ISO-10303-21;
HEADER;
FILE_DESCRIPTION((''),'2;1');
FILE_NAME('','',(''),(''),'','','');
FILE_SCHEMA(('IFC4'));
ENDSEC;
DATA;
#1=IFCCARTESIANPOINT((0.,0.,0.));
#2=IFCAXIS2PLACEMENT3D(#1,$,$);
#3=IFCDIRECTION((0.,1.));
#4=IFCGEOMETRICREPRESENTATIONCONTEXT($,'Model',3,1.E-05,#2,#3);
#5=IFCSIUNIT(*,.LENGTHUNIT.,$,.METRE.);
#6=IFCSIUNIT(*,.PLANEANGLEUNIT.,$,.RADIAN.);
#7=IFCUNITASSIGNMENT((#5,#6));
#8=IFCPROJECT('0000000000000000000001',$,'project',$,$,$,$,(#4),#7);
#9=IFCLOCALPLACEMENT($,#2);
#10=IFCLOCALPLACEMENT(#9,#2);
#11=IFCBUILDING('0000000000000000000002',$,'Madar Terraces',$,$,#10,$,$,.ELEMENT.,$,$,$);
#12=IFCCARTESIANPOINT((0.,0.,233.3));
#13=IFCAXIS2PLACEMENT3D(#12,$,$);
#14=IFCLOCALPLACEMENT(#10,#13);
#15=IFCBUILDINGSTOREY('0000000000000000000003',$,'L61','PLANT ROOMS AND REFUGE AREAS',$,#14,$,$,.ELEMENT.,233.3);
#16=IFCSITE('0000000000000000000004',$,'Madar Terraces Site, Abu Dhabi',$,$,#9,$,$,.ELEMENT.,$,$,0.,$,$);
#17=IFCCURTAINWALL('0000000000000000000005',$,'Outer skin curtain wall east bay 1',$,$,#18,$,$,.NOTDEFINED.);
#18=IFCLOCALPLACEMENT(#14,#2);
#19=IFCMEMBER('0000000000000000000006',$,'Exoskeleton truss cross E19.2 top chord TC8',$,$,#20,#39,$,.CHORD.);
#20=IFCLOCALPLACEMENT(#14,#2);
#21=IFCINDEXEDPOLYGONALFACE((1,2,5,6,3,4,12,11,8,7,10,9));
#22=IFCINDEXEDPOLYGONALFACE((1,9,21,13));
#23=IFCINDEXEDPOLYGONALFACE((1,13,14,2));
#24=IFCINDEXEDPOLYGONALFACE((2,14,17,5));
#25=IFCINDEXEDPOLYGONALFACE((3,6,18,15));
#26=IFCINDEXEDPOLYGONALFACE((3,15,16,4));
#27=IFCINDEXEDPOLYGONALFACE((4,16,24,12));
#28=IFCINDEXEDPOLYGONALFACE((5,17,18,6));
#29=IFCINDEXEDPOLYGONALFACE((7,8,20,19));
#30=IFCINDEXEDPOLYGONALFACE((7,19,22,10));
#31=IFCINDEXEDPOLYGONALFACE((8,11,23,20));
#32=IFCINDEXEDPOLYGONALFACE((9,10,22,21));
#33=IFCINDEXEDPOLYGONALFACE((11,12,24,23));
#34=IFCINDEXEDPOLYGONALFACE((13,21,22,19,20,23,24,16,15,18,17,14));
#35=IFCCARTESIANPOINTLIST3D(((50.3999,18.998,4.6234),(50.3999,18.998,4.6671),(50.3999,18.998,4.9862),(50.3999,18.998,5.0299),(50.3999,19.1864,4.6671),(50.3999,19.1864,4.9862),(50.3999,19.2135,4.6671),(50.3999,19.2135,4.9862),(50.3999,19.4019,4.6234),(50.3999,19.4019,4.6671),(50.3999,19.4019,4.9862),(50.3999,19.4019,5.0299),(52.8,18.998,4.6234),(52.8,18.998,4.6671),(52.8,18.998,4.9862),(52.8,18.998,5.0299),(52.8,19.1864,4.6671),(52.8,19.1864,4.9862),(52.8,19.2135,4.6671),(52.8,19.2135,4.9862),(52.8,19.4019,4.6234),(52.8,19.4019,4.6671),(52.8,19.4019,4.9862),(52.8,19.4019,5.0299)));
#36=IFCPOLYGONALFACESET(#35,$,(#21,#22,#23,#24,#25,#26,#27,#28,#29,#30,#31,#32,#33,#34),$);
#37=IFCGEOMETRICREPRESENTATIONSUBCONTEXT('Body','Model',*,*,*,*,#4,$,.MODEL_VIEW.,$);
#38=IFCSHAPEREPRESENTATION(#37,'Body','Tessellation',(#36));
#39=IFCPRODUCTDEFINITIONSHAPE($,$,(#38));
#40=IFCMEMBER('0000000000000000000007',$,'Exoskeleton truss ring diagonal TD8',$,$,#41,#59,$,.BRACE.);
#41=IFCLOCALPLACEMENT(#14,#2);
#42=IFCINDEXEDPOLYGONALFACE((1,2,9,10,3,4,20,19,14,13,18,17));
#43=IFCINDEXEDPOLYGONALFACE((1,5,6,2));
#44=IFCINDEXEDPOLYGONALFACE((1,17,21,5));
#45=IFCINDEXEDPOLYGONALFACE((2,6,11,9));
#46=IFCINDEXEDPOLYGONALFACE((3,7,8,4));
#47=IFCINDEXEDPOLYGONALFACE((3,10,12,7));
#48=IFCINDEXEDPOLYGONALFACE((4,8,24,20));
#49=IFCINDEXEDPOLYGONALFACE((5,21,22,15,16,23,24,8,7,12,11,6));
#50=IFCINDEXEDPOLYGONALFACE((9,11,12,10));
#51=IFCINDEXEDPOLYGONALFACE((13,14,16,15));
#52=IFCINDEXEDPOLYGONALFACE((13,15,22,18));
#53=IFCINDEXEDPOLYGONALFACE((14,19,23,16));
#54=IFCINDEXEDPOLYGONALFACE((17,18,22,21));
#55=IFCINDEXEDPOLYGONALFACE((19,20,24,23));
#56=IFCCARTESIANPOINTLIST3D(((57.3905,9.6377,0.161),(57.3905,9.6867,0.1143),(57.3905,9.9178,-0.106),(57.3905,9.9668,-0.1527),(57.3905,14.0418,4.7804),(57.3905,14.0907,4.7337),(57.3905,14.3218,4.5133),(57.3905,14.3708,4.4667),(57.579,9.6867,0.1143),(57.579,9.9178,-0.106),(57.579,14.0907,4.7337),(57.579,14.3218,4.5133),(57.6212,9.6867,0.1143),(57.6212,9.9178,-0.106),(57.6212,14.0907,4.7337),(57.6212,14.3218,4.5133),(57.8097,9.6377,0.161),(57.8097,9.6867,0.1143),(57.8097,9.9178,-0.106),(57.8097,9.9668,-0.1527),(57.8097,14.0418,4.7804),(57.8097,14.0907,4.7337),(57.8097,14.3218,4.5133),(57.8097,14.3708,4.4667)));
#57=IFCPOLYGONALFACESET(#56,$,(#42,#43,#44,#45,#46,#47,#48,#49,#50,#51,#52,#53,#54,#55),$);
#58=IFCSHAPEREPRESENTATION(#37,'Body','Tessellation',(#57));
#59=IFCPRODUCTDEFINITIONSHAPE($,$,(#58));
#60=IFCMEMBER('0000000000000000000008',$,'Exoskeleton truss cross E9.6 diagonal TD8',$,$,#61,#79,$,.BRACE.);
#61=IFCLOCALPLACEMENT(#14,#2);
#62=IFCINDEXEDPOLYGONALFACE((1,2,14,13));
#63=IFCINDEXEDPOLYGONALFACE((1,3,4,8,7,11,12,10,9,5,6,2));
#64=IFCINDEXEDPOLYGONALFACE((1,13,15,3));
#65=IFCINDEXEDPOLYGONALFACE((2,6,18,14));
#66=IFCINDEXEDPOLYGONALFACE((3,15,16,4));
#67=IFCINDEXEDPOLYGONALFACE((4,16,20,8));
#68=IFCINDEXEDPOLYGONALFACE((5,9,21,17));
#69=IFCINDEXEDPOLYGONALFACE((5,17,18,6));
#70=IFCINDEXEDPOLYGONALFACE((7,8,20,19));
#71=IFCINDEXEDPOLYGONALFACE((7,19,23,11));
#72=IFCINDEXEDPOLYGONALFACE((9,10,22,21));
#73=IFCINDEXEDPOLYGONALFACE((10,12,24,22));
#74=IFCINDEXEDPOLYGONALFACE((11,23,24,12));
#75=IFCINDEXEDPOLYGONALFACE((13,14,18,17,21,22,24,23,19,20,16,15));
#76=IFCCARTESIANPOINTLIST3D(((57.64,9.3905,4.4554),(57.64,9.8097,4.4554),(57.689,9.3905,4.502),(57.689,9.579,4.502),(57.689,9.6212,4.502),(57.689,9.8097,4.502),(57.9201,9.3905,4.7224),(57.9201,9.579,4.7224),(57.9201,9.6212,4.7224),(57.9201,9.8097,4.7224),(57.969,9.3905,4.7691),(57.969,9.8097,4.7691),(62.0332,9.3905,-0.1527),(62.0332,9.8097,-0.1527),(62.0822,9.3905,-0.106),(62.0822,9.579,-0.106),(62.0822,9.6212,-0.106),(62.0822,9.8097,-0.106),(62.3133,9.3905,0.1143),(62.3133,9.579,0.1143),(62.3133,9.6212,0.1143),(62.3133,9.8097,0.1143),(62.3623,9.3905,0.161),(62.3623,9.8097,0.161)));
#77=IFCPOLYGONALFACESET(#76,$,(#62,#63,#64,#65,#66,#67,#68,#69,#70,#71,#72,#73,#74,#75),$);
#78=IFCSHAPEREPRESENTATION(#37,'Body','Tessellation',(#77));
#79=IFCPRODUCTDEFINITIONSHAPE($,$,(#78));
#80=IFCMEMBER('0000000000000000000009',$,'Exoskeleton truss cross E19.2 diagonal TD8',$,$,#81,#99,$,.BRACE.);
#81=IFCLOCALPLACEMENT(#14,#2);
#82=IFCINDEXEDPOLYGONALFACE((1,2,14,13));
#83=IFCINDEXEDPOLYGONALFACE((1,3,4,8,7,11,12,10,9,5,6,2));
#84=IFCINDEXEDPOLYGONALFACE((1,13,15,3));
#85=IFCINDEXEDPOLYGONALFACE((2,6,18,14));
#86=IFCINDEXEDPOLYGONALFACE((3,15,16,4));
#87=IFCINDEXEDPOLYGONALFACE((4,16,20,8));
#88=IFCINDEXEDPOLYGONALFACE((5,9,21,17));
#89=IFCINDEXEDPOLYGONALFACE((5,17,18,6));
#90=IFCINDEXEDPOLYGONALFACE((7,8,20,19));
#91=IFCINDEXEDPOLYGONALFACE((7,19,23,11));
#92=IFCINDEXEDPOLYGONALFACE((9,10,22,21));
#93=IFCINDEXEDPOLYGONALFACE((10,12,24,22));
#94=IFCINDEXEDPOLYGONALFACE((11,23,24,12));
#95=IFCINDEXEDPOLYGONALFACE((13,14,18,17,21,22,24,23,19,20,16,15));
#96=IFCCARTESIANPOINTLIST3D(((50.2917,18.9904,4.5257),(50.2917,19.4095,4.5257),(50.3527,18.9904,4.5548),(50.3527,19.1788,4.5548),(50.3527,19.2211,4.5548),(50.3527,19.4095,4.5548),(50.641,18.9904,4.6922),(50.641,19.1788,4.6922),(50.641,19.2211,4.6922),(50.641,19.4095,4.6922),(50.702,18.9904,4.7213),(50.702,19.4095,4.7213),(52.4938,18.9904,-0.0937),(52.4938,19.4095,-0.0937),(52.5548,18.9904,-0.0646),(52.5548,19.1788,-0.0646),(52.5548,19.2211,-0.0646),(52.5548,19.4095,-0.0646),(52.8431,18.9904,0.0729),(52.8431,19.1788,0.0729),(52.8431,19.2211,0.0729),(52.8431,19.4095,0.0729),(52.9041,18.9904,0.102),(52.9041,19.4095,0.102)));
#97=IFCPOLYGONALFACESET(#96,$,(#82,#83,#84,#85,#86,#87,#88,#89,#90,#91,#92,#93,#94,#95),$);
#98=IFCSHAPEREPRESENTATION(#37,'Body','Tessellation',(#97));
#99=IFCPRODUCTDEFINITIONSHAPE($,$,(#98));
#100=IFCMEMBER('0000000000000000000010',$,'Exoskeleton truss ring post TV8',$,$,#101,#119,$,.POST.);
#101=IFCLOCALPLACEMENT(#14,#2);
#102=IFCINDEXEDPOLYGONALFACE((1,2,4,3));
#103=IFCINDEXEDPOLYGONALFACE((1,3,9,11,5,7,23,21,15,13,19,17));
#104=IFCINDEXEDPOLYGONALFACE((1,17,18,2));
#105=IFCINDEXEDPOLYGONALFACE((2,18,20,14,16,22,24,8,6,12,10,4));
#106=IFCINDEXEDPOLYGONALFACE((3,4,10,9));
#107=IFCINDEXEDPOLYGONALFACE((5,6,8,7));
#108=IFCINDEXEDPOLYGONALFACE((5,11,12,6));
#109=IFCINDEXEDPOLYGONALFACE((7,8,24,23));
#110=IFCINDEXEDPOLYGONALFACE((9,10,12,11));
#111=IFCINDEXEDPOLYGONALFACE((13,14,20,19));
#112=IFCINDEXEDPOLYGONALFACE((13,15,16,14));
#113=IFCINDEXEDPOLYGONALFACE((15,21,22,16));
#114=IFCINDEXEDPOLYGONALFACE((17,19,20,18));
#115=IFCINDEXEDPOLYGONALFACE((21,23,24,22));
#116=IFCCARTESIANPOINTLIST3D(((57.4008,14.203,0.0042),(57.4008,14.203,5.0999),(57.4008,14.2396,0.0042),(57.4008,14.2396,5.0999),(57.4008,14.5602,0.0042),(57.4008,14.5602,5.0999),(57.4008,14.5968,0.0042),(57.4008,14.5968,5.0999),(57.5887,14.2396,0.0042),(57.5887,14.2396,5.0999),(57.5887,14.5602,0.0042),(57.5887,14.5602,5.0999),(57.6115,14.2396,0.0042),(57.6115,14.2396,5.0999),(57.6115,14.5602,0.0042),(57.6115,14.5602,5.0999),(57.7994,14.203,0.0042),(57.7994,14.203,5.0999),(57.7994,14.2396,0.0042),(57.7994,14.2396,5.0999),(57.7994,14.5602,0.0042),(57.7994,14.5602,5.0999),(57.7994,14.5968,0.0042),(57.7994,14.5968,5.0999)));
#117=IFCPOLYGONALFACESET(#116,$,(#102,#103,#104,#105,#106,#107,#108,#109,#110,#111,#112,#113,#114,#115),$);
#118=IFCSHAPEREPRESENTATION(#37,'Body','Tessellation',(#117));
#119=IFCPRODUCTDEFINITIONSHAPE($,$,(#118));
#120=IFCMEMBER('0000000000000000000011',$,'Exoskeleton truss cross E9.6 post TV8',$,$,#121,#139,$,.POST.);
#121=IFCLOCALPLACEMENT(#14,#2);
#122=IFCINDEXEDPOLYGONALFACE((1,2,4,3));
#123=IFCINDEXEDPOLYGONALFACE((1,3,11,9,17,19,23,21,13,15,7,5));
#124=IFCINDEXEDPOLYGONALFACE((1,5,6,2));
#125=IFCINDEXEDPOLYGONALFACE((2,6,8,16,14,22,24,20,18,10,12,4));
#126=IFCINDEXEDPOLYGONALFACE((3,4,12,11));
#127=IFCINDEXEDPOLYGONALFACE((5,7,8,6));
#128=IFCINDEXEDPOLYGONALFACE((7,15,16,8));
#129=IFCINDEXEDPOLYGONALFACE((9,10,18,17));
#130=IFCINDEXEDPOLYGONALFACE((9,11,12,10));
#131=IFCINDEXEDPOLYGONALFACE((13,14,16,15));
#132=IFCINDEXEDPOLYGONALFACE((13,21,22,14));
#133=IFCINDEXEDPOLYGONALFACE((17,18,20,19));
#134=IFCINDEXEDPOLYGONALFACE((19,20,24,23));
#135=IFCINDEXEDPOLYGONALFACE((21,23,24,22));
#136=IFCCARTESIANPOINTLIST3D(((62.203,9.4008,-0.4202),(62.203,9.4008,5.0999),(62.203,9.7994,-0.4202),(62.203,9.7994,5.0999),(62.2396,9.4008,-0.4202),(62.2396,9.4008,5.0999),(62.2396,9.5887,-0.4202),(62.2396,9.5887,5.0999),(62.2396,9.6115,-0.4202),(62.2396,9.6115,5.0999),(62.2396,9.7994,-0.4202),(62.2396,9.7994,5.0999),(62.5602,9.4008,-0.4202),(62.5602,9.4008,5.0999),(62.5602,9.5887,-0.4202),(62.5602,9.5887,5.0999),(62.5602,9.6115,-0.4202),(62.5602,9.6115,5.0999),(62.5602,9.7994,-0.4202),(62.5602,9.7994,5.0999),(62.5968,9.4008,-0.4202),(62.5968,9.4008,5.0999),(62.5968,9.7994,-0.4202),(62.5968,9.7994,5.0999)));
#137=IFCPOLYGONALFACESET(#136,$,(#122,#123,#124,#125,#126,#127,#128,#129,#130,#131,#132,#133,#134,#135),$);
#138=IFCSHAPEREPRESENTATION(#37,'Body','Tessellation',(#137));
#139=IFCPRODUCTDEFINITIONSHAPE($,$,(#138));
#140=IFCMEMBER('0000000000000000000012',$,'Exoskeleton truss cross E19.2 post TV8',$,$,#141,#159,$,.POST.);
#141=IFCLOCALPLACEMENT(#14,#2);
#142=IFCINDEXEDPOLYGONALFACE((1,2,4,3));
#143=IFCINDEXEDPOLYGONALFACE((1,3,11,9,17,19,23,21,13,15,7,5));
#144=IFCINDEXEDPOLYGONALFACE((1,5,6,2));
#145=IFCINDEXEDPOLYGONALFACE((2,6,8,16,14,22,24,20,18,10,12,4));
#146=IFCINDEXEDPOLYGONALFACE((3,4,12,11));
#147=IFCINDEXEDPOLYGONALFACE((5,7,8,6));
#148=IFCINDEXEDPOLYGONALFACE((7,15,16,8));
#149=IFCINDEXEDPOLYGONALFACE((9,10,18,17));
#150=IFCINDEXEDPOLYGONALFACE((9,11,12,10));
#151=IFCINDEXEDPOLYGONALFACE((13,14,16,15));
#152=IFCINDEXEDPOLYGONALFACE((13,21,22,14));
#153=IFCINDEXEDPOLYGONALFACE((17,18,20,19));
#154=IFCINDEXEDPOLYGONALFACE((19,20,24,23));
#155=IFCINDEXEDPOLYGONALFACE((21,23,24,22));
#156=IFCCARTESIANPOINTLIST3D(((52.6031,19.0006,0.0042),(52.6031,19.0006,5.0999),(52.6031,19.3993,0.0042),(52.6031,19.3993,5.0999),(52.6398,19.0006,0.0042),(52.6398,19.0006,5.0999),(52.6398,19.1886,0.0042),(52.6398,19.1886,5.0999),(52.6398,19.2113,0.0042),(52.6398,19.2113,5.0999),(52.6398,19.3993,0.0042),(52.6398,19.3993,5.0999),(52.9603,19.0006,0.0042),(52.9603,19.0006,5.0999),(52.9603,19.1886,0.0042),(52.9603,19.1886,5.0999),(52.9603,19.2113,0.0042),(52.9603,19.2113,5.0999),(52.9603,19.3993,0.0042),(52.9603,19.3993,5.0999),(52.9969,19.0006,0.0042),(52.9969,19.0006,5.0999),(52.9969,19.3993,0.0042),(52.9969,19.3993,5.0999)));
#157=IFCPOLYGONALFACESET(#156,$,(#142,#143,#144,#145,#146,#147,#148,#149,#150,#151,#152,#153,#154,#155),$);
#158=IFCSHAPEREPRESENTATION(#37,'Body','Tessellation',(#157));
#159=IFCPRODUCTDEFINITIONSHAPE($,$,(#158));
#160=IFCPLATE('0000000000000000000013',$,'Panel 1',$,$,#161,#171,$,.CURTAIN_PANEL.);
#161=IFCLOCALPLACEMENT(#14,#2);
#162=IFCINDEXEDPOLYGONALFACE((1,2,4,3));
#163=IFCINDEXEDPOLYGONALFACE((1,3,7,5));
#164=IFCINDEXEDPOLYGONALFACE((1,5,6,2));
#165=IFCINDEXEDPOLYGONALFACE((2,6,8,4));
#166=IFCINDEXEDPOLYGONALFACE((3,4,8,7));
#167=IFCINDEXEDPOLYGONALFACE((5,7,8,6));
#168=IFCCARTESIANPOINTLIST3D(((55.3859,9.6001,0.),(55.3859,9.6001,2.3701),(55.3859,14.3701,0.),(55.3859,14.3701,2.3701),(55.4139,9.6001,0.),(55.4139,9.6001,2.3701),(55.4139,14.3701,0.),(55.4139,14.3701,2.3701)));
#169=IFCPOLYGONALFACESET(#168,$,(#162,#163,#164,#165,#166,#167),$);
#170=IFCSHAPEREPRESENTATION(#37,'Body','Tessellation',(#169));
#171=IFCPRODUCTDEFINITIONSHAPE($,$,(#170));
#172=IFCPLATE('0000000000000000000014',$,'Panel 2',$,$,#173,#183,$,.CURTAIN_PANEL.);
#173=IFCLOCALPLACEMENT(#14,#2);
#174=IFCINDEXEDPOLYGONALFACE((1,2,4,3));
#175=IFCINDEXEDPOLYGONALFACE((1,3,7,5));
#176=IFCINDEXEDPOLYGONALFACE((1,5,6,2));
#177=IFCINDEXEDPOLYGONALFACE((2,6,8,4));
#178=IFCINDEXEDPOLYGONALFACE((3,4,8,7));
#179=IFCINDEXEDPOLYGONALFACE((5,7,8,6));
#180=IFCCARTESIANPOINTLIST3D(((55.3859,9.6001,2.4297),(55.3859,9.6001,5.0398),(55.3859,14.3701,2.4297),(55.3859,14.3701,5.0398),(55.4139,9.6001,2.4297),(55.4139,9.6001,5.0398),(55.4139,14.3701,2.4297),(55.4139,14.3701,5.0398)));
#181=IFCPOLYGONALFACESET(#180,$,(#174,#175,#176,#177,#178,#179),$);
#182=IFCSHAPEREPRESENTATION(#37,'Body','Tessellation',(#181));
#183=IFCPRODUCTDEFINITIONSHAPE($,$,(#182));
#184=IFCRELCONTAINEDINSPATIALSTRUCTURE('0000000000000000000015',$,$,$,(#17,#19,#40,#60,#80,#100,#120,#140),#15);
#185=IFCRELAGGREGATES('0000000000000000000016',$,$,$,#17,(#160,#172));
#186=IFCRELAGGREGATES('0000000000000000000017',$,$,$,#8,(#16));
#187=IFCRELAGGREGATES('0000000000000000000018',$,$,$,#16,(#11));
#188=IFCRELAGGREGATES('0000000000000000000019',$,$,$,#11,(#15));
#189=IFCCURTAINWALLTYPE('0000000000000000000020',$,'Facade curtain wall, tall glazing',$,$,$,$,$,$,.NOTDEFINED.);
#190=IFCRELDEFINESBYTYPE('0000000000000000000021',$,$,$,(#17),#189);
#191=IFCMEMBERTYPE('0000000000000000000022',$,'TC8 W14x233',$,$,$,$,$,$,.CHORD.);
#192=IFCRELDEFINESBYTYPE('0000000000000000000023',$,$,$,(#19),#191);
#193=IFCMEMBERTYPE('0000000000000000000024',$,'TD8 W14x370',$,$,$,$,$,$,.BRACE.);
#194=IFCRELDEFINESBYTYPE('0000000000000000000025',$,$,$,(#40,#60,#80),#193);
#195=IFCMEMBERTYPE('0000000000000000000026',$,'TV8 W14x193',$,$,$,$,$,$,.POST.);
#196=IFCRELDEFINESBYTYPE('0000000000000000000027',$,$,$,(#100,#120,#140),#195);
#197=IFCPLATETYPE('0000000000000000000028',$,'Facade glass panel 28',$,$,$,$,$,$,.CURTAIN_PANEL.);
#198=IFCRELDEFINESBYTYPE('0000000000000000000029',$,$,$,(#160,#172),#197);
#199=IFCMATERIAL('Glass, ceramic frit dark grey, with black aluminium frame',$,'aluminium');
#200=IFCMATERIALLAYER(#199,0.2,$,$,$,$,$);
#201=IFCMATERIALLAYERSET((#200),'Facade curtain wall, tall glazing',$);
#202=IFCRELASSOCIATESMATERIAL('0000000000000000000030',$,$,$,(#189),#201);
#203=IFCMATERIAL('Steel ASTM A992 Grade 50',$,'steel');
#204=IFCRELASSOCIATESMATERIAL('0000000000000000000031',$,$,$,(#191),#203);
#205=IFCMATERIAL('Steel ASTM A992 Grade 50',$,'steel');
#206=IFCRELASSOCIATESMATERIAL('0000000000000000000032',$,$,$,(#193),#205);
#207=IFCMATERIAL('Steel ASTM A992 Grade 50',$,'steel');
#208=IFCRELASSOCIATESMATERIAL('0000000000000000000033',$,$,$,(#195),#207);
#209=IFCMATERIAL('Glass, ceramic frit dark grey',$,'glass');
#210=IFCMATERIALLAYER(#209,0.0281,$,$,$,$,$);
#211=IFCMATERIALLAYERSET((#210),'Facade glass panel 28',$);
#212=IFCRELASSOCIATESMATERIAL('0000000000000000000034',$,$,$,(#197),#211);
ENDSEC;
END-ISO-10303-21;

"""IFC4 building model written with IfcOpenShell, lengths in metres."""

from ifc_helpers import new_model, si_unit, direction, frame, origin, origin_2d, place, context, subcontext, project, spatial, rectangle, i_section, extrude, material, layer, layer_set, material_profile, profile_set, type_object, element, aggregate, save


model = new_model("IFC4")

# Units and contexts
model_context = context("Model", 3, precision=1e-05, world=origin(), true_north=direction((0.0, 1.0)))
body_context = subcontext(model_context, "Body", "Model", "MODEL_VIEW")
ifc_project = project(units=[si_unit("LENGTHUNIT", "METRE"), si_unit("PLANEANGLEUNIT", "RADIAN")], contexts=[model_context])

# Site, building, storey
site_placement = place(None, origin())
site = spatial("IfcSite", under=ifc_project, at=site_placement, Name="Madar Terraces Site, Abu Dhabi", CompositionType="ELEMENT", RefElevation=0.0)
building_placement = place(site_placement, origin())
building = spatial("IfcBuilding", under=site, at=building_placement, Name="Madar Terraces", CompositionType="ELEMENT")
storey_placement = place(building_placement, frame((0.0, 0.0, 233.3)))
storey = spatial("IfcBuildingStorey", under=building, at=storey_placement, Name="L61", Description="PLANT ROOMS AND REFUGE AREAS", CompositionType="ELEMENT", Elevation=233.3)

# Curtain wall
ifc_material_1 = material(Name="Glass, ceramic frit dark grey, with black aluminium frame", Category="aluminium")
ifc_layer_1 = layer(ifc_material_1, 0.2)
ifc_layer_set_1 = layer_set([ifc_layer_1], Name="Facade curtain wall, tall glazing")
curtain_wall_type = type_object("IfcCurtainWallType", Name="Facade curtain wall, tall glazing", PredefinedType="NOTDEFINED", material=ifc_layer_set_1)
curtain_wall_placement = place(storey_placement, origin())
curtain_wall = element("IfcCurtainWall", 1, at=curtain_wall_placement, inside=storey, type_object=curtain_wall_type, Name="Outer skin curtain wall east bay 1", PredefinedType="NOTDEFINED")

# Members
ifc_material_2 = material(Name="Steel ASTM A992 Grade 50", Category="steel")
ifc_material_profile_1 = material_profile(ifc_material_2, i_section(OverallWidth=0.4038, OverallDepth=0.4065, WebThickness=0.0271, FlangeThickness=0.0437, at=origin_2d()), Name="W14x233")
ifc_profile_set_1 = profile_set([ifc_material_profile_1], Name="Steel ASTM A992 Grade 50")
member_type_1 = type_object("IfcMemberType", Name="TC8 W14x233", PredefinedType="CHORD", material=ifc_profile_set_1)
member_1_placement = place(storey_placement, frame((52.8, 19.2, 4.8267), z_axis=(-1.0, 0.0, 0.0), x_axis=(0.0, -1.0, 0.0)))
element("IfcMember", 2, at=member_1_placement, inside=storey, type_object=member_type_1, Name="Exoskeleton truss cross E19.2 top chord TC8", PredefinedType="CHORD", context=body_context, shape_type="SweptSolid", body=[
    extrude(i_section(OverallWidth=0.4038, OverallDepth=0.4065, WebThickness=0.0271, FlangeThickness=0.0437, at=origin_2d()), origin(), (0.0, 0.0, 1.0), 2.4001),
])
ifc_material_3 = material(Name="Steel ASTM A992 Grade 50", Category="steel")
ifc_material_profile_2 = material_profile(ifc_material_3, i_section(OverallWidth=0.4192, OverallDepth=0.4546, WebThickness=0.0422, FlangeThickness=0.0676, at=origin_2d()), Name="W14x370")
ifc_profile_set_2 = profile_set([ifc_material_profile_2], Name="Steel ASTM A992 Grade 50")
member_type_2 = type_object("IfcMemberType", Name="TD8 W14x370", PredefinedType="BRACE", material=ifc_profile_set_2)
member_2_placement = place(storey_placement, frame((57.6001, 9.8022, 0.0042), z_axis=(0.0, 0.690036, 0.723775), x_axis=(-1.0, 0.0, 0.0)))
element("IfcMember", 3, at=member_2_placement, inside=storey, type_object=member_type_2, Name="Exoskeleton truss ring diagonal TD8", PredefinedType="BRACE", context=body_context, shape_type="SweptSolid", body=[
    extrude(i_section(OverallWidth=0.4192, OverallDepth=0.4546, WebThickness=0.0422, FlangeThickness=0.0676, at=origin_2d()), origin(), (0.0, 0.0, 1.0), 6.3823),
])
member_3_placement = place(storey_placement, frame((62.1978, 9.6001, 0.0042), z_axis=(-0.690033, 0.0, 0.723778), x_axis=(0.0, -1.0, 0.0)))
element("IfcMember", 4, at=member_3_placement, inside=storey, type_object=member_type_2, Name="Exoskeleton truss cross E9.6 diagonal TD8", PredefinedType="BRACE", context=body_context, shape_type="SweptSolid", body=[
    extrude(i_section(OverallWidth=0.4192, OverallDepth=0.4546, WebThickness=0.0422, FlangeThickness=0.0676, at=origin_2d()), origin(), (0.0, 0.0, 1.0), 6.3667),
])
member_4_placement = place(storey_placement, frame((52.699, 19.2, 0.0042), z_axis=(-0.430322, 0.0, 0.902675), x_axis=(0.0, -1.0, 0.0)))
element("IfcMember", 5, at=member_4_placement, inside=storey, type_object=member_type_2, Name="Exoskeleton truss cross E19.2 diagonal TD8", PredefinedType="BRACE", context=body_context, shape_type="SweptSolid", body=[
    extrude(i_section(OverallWidth=0.4192, OverallDepth=0.4546, WebThickness=0.0422, FlangeThickness=0.0676, at=origin_2d()), origin(), (0.0, 0.0, 1.0), 5.1174),
])
ifc_material_4 = material(Name="Steel ASTM A992 Grade 50", Category="steel")
ifc_material_profile_3 = material_profile(ifc_material_4, i_section(OverallWidth=0.3987, OverallDepth=0.3938, WebThickness=0.0227, FlangeThickness=0.0366, at=origin_2d()), Name="W14x193")
ifc_profile_set_3 = profile_set([ifc_material_profile_3], Name="Steel ASTM A992 Grade 50")
member_type_3 = type_object("IfcMemberType", Name="TV8 W14x193", PredefinedType="POST", material=ifc_profile_set_3)
member_5_placement = place(storey_placement, frame((57.6001, 14.3999, 0.0042), z_axis=(0.0, 0.0, 1.0), x_axis=(-1.0, 0.0, 0.0)))
element("IfcMember", 6, at=member_5_placement, inside=storey, type_object=member_type_3, Name="Exoskeleton truss ring post TV8", PredefinedType="POST", context=body_context, shape_type="SweptSolid", body=[
    extrude(i_section(OverallWidth=0.3987, OverallDepth=0.3938, WebThickness=0.0227, FlangeThickness=0.0366, at=origin_2d()), origin(), (0.0, 0.0, 1.0), 5.0957),
])
member_6_placement = place(storey_placement, frame((62.3999, 9.6001, -0.4202), z_axis=(0.0, 0.0, 1.0), x_axis=(0.0, 1.0, 0.0)))
element("IfcMember", 7, at=member_6_placement, inside=storey, type_object=member_type_3, Name="Exoskeleton truss cross E9.6 post TV8", PredefinedType="POST", context=body_context, shape_type="SweptSolid", body=[
    extrude(i_section(OverallWidth=0.3987, OverallDepth=0.3938, WebThickness=0.0227, FlangeThickness=0.0366, at=origin_2d()), origin(), (0.0, 0.0, 1.0), 5.52),
])
member_7_placement = place(storey_placement, frame((52.8, 19.2, 0.0042), z_axis=(0.0, 0.0, 1.0), x_axis=(0.0, 1.0, 0.0)))
element("IfcMember", 8, at=member_7_placement, inside=storey, type_object=member_type_3, Name="Exoskeleton truss cross E19.2 post TV8", PredefinedType="POST", context=body_context, shape_type="SweptSolid", body=[
    extrude(i_section(OverallWidth=0.3987, OverallDepth=0.3938, WebThickness=0.0227, FlangeThickness=0.0366, at=origin_2d()), origin(), (0.0, 0.0, 1.0), 5.0957),
])

# Plates
ifc_material_5 = material(Name="Glass, ceramic frit dark grey", Category="glass")
ifc_layer_2 = layer(ifc_material_5, 0.0281)
ifc_layer_set_2 = layer_set([ifc_layer_2], Name="Facade glass panel 28")
plate_type = type_object("IfcPlateType", Name="Facade glass panel 28", PredefinedType="CURTAIN_PANEL", material=ifc_layer_set_2)
plate_1_placement = place(storey_placement, frame((55.3999, 11.9851, 0.0), z_axis=(0.0, 0.0, 1.0), x_axis=(0.0, 1.0, 0.0)))
plate_1 = element("IfcPlate", 9, at=plate_1_placement, type_object=plate_type, Name="Panel 1", PredefinedType="CURTAIN_PANEL", context=body_context, shape_type="SweptSolid", body=[
    extrude(rectangle(XDim=4.77, YDim=0.0281, at=origin_2d()), origin(), (0.0, 0.0, 1.0), 2.3701),
])
plate_2_placement = place(storey_placement, frame((55.3999, 11.9851, 2.4297), z_axis=(0.0, 0.0, 1.0), x_axis=(0.0, 1.0, 0.0)))
plate_2 = element("IfcPlate", 10, at=plate_2_placement, type_object=plate_type, Name="Panel 2", PredefinedType="CURTAIN_PANEL", context=body_context, shape_type="SweptSolid", body=[
    extrude(rectangle(XDim=4.77, YDim=0.0281, at=origin_2d()), origin(), (0.0, 0.0, 1.0), 2.6101),
])
aggregate(curtain_wall, [plate_1, plate_2])

save(model, "model.ifc")
